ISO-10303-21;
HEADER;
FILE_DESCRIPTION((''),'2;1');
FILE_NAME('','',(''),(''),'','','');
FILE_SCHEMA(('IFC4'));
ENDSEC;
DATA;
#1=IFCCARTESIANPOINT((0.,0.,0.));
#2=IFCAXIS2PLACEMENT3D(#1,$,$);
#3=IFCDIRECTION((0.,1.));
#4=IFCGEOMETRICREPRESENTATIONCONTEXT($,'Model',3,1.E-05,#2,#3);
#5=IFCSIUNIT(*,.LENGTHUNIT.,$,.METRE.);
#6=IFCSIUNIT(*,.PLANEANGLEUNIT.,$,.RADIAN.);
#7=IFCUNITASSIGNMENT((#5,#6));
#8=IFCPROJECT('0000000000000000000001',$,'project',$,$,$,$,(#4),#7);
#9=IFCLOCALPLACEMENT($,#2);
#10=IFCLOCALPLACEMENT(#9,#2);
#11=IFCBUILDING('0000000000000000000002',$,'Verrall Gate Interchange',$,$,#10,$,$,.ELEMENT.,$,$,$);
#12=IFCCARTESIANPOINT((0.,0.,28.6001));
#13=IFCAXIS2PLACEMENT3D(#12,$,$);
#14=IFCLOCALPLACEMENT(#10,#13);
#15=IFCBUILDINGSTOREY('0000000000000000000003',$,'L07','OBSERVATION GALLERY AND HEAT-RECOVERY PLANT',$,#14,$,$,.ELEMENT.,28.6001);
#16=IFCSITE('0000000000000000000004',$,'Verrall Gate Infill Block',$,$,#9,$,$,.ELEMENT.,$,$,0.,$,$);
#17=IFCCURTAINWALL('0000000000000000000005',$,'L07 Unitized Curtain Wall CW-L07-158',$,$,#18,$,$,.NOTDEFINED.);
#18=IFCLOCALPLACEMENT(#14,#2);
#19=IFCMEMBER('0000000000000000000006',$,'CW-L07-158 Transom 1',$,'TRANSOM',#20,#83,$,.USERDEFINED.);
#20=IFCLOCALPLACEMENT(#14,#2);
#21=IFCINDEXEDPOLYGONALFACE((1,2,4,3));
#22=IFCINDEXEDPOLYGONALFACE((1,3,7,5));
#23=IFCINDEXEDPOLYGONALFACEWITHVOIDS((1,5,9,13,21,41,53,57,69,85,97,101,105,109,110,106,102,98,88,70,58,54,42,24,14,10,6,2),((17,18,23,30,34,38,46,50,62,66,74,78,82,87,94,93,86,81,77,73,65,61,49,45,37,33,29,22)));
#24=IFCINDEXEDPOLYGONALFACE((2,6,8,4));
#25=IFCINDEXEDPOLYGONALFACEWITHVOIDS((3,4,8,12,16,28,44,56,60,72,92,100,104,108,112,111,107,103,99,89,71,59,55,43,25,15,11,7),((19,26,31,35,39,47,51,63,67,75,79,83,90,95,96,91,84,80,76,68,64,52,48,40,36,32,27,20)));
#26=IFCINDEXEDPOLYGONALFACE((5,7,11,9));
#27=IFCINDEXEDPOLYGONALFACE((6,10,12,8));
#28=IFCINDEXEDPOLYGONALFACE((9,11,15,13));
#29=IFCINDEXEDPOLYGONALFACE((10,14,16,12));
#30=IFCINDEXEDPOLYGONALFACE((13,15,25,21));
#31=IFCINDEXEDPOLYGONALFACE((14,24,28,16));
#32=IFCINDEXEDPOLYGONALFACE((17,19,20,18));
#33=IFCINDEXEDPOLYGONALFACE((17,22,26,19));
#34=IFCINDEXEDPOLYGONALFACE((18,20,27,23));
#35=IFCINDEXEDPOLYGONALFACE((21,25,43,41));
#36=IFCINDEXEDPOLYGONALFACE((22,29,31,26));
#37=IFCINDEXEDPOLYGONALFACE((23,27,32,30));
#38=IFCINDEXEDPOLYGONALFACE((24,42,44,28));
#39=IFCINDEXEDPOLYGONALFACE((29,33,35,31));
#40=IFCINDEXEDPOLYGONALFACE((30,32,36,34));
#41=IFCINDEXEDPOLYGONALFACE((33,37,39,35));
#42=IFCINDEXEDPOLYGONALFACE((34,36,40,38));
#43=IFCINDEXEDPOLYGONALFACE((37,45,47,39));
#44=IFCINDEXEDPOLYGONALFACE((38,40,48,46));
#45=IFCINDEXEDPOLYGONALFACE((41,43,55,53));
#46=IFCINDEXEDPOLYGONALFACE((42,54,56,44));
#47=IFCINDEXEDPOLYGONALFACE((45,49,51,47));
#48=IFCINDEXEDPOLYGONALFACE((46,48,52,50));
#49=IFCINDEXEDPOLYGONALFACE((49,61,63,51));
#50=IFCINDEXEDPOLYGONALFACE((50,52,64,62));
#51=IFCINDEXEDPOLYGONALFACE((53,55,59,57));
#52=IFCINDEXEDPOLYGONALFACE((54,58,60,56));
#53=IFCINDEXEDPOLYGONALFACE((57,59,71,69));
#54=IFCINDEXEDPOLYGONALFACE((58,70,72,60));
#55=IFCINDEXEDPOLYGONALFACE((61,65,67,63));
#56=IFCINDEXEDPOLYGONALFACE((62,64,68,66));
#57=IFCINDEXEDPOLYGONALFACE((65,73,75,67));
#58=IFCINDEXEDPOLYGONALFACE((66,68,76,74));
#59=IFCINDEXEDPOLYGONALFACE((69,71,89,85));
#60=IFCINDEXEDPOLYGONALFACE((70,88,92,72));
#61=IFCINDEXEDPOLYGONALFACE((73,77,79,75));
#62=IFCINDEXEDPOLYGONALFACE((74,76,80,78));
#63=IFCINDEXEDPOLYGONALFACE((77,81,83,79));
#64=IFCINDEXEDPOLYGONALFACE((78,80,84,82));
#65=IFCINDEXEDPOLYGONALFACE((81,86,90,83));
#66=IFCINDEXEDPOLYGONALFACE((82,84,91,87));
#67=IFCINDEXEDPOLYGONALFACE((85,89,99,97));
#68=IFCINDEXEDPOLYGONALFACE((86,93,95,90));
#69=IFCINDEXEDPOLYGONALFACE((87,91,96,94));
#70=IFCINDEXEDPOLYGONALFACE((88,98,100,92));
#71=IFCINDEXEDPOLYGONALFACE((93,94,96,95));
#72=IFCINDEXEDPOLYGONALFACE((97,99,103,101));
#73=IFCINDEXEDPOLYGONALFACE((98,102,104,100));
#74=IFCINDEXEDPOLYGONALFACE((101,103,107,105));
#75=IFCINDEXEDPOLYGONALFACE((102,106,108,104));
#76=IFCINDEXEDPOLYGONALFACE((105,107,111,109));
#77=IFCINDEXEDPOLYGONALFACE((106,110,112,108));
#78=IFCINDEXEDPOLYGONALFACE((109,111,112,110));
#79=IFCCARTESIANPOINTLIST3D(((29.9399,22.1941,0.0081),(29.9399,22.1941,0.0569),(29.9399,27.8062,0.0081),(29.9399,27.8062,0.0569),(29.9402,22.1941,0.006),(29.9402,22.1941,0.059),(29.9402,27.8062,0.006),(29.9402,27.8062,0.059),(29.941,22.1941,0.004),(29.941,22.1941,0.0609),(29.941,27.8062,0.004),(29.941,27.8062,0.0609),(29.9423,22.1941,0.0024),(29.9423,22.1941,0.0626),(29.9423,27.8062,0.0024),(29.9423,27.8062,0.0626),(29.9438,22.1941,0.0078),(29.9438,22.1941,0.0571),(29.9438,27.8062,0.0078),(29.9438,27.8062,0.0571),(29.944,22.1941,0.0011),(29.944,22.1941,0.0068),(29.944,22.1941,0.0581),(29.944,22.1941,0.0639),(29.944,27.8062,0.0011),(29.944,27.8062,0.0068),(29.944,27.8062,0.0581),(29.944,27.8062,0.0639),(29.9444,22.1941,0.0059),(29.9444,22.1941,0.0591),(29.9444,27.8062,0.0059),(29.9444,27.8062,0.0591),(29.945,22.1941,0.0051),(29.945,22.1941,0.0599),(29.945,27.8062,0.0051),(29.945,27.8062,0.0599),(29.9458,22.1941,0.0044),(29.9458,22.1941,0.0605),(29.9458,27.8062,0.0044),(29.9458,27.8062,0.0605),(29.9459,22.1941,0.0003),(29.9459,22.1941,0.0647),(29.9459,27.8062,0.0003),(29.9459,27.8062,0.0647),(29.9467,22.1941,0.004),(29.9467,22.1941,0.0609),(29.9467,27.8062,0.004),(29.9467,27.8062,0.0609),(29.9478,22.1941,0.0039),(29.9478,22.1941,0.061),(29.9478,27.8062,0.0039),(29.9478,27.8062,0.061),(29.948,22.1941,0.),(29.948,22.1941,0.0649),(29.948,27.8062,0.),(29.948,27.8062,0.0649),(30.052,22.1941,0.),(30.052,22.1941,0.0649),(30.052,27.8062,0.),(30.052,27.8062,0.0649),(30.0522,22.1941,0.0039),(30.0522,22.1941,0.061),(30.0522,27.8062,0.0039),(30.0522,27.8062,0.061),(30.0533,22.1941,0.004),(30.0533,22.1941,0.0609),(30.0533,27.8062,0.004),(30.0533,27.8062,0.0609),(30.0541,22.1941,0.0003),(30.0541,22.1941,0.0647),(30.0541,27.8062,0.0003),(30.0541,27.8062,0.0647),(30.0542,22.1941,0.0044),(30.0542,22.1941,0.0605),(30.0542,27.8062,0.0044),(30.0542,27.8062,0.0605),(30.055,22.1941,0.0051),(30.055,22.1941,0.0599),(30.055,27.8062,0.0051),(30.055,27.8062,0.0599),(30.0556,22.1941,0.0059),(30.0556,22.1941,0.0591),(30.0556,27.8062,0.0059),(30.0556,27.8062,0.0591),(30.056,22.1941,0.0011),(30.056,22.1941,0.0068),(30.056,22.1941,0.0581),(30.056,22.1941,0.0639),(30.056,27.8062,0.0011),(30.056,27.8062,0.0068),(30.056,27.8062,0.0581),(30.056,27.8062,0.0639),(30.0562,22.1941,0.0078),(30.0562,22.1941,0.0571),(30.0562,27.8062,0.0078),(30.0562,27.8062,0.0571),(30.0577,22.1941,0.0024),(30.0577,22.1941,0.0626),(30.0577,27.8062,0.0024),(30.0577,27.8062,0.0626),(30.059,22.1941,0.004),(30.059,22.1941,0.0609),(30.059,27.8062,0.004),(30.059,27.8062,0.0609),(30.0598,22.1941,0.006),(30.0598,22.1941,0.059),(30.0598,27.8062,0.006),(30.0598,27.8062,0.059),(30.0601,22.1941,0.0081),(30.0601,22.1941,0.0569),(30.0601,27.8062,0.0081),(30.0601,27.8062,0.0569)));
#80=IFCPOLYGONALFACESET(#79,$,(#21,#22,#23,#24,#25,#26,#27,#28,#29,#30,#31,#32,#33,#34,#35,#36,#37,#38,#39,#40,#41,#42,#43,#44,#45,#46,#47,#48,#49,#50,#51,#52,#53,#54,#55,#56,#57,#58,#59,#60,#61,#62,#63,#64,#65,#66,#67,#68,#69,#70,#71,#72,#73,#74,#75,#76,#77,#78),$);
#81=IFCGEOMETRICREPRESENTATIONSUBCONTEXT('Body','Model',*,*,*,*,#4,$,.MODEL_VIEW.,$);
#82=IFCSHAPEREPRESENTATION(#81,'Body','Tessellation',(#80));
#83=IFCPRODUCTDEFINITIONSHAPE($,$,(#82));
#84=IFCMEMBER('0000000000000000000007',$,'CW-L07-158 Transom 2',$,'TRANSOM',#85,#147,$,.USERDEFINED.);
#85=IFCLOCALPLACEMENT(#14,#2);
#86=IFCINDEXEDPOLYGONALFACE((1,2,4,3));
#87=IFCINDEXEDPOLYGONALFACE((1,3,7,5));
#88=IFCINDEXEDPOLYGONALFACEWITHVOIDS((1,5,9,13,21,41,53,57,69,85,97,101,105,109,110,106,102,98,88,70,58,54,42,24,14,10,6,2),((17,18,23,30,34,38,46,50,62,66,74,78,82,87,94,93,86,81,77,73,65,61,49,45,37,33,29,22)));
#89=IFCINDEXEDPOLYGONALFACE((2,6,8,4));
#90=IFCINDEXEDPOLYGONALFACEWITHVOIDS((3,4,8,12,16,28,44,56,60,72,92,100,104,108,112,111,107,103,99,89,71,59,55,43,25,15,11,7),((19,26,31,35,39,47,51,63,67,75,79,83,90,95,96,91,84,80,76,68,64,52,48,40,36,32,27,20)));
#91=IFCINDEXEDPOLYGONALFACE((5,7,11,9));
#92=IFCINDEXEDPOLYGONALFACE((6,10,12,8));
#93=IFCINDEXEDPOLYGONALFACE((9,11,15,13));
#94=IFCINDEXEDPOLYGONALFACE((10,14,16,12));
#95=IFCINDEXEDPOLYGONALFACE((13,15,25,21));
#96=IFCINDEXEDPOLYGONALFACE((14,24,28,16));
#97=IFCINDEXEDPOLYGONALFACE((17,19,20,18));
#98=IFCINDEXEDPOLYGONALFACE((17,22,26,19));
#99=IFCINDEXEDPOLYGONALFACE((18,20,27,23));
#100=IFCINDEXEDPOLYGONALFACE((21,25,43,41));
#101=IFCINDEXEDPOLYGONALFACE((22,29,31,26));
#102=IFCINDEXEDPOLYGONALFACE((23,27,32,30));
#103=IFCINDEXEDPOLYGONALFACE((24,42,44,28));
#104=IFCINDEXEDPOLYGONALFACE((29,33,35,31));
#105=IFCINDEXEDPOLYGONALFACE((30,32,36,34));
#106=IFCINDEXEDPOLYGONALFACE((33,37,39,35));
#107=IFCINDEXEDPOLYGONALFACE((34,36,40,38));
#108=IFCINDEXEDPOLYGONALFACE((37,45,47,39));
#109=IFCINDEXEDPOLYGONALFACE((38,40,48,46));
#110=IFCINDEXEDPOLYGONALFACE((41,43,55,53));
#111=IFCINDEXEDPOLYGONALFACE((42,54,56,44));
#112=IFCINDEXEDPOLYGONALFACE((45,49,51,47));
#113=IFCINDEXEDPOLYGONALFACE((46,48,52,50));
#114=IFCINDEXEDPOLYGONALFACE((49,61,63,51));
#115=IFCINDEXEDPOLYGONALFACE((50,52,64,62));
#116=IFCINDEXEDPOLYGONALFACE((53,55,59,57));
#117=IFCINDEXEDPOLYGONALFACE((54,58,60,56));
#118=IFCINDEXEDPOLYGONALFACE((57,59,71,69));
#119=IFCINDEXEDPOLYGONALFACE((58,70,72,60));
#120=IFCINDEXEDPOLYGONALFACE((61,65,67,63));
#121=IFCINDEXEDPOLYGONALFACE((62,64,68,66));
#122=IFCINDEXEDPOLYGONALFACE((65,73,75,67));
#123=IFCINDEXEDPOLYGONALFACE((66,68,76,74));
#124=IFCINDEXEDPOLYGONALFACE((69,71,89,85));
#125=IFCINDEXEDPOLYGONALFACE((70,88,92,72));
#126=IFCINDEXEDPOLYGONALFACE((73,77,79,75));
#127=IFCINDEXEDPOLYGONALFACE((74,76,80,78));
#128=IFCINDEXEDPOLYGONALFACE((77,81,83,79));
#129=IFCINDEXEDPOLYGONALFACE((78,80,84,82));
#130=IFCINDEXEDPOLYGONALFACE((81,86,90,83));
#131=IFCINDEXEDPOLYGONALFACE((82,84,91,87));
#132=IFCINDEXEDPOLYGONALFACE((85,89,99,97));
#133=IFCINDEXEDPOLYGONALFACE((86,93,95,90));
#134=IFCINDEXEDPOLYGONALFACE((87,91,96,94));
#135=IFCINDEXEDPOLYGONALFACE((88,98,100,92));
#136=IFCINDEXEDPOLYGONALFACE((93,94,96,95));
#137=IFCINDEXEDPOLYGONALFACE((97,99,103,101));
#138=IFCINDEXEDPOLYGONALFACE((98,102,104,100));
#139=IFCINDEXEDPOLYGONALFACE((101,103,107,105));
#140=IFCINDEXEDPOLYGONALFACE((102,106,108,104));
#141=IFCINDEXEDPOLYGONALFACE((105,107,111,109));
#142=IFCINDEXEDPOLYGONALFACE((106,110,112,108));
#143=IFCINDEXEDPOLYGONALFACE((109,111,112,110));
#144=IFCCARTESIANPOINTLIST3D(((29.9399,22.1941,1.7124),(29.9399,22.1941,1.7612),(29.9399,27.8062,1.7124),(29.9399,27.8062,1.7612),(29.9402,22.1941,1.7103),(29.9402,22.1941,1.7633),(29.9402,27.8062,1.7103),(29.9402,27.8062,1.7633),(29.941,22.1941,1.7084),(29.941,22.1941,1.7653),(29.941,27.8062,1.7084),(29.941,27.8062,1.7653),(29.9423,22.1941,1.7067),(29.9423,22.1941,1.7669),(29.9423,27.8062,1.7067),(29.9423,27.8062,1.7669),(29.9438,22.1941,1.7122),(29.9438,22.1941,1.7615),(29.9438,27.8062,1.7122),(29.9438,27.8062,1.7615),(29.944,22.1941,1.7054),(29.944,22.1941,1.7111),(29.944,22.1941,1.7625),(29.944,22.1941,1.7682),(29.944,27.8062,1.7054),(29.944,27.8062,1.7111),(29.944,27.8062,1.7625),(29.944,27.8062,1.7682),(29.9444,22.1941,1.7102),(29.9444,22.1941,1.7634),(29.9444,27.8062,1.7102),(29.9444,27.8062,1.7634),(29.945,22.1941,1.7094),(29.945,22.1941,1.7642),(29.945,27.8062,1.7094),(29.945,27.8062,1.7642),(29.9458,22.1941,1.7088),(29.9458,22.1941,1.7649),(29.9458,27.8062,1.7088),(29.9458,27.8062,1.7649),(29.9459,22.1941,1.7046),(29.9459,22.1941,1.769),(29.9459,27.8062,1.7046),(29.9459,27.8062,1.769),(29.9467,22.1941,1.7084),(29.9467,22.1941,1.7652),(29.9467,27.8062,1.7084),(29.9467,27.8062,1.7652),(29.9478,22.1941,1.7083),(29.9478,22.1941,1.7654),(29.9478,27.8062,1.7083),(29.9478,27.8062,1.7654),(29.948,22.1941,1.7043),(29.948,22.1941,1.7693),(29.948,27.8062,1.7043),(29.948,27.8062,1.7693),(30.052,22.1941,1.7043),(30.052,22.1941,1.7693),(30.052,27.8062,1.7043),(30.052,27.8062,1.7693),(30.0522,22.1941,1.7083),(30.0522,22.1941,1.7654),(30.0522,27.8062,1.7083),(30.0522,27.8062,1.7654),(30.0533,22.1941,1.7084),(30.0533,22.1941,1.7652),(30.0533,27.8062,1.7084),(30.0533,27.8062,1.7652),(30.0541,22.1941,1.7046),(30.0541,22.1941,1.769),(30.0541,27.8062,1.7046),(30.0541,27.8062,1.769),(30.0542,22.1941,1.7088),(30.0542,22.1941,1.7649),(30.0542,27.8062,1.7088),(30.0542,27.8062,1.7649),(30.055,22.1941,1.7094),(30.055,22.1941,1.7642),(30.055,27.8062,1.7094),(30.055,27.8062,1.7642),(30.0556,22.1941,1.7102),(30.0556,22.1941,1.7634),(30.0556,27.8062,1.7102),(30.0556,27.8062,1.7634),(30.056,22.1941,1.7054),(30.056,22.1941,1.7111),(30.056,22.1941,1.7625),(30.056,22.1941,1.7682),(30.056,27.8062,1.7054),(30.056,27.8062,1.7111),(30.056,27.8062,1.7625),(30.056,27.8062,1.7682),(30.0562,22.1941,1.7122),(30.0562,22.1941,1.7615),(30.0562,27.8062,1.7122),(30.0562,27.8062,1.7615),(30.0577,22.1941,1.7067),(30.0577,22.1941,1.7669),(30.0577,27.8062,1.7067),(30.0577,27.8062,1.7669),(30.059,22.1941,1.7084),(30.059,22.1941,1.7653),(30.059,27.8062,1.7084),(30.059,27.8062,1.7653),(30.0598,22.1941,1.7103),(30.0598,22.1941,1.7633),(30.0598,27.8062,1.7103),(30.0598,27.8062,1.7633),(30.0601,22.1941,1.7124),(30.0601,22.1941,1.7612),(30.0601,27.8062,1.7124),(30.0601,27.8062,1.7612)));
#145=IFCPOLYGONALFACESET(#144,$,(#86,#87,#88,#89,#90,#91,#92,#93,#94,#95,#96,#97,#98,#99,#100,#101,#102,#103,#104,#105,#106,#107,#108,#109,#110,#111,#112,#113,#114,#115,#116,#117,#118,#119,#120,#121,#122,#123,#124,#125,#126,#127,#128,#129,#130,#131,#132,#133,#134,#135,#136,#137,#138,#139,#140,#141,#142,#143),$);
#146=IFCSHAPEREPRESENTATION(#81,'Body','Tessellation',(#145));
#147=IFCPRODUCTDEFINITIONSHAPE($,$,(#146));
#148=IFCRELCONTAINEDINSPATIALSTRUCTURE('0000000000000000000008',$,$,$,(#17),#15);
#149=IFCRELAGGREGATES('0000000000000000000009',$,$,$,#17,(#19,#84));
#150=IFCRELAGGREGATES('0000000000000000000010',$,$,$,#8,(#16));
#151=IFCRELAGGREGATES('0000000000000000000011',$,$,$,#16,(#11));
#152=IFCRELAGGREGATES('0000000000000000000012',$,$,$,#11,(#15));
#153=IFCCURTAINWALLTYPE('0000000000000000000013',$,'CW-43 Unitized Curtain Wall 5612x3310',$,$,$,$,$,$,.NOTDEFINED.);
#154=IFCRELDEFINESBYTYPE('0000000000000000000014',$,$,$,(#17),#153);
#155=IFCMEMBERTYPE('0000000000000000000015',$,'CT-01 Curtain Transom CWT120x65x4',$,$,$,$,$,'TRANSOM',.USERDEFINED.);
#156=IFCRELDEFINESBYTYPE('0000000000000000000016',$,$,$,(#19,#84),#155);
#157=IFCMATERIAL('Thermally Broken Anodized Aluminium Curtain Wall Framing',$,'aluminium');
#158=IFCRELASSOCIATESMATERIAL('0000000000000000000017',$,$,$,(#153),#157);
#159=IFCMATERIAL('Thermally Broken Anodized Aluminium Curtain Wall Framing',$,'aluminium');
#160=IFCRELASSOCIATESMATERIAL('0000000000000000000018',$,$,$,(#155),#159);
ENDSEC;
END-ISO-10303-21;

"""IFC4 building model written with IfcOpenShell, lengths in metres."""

from ifc_helpers import new_model, si_unit, direction, frame, origin, origin_2d, place, context, subcontext, project, spatial, hollow_rectangle, extrude, material, material_profile, profile_set, type_object, element, aggregate, save


model = new_model("IFC4")

# Units and contexts
model_context = context("Model", 3, precision=1e-05, world=origin(), true_north=direction((0.0, 1.0)))
body_context = subcontext(model_context, "Body", "Model", "MODEL_VIEW")
ifc_project = project(units=[si_unit("LENGTHUNIT", "METRE"), si_unit("PLANEANGLEUNIT", "RADIAN")], contexts=[model_context])

# Site, building, storey
site_placement = place(None, origin())
site = spatial("IfcSite", under=ifc_project, at=site_placement, Name="Verrall Gate Infill Block", CompositionType="ELEMENT", RefElevation=0.0)
building_placement = place(site_placement, origin())
building = spatial("IfcBuilding", under=site, at=building_placement, Name="Verrall Gate Interchange", CompositionType="ELEMENT")
storey_placement = place(building_placement, frame((0.0, 0.0, 28.6001)))
storey = spatial("IfcBuildingStorey", under=building, at=storey_placement, Name="L07", Description="OBSERVATION GALLERY AND HEAT-RECOVERY PLANT", CompositionType="ELEMENT", Elevation=28.6001)

# Curtain wall
ifc_material_1 = material(Name="Thermally Broken Anodized Aluminium Curtain Wall Framing", Category="aluminium")
curtain_wall_type = type_object("IfcCurtainWallType", Name="CW-43 Unitized Curtain Wall 5612x3310", PredefinedType="NOTDEFINED", material=ifc_material_1)
curtain_wall_1_placement = place(storey_placement, origin())
curtain_wall_1 = element("IfcCurtainWall", 1, at=curtain_wall_1_placement, inside=storey, type_object=curtain_wall_type, Name="L07 Unitized Curtain Wall CW-L07-158", PredefinedType="NOTDEFINED")

# Members
ifc_material_2 = material(Name="Thermally Broken Anodized Aluminium Curtain Wall Framing", Category="aluminium")
ifc_material_profile_1 = material_profile(ifc_material_2, hollow_rectangle(XDim=0.1201, YDim=0.0649, WallThickness=0.0039, InnerFilletRadius=0.0039, OuterFilletRadius=0.0081, at=origin_2d()), Name="CWT120x65x4")
ifc_profile_set_1 = profile_set([ifc_material_profile_1], Name="Thermally Broken Anodized Aluminium Curtain Wall Framing")
member_type_1 = type_object("IfcMemberType", Name="CT-01 Curtain Transom CWT120x65x4", ElementType="TRANSOM", PredefinedType="USERDEFINED", material=ifc_profile_set_1)
member_1_placement = place(storey_placement, frame((30.0, 22.1941, 0.0325), z_axis=(0.0, 1.0, 0.0), x_axis=(-1.0, 0.0, 0.0)))
member_1 = element("IfcMember", 2, at=member_1_placement, type_object=member_type_1, Name="CW-L07-158 Transom 1", ObjectType="TRANSOM", PredefinedType="USERDEFINED", context=body_context, shape_type="SweptSolid", body=[
    extrude(hollow_rectangle(XDim=0.1201, YDim=0.0649, WallThickness=0.0039, InnerFilletRadius=0.0039, OuterFilletRadius=0.0081, at=origin_2d()), origin(), (0.0, 0.0, 1.0), 5.6121),
])
member_2_placement = place(storey_placement, frame((30.0, 22.1941, 1.7368), z_axis=(0.0, 1.0, 0.0), x_axis=(-1.0, 0.0, 0.0)))
member_2 = element("IfcMember", 3, at=member_2_placement, type_object=member_type_1, Name="CW-L07-158 Transom 2", ObjectType="TRANSOM", PredefinedType="USERDEFINED", context=body_context, shape_type="SweptSolid", body=[
    extrude(hollow_rectangle(XDim=0.1201, YDim=0.0649, WallThickness=0.0039, InnerFilletRadius=0.0039, OuterFilletRadius=0.0081, at=origin_2d()), origin(), (0.0, 0.0, 1.0), 5.6121),
])

aggregate(curtain_wall_1, [member_1, member_2])

save(model, "model.ifc")
